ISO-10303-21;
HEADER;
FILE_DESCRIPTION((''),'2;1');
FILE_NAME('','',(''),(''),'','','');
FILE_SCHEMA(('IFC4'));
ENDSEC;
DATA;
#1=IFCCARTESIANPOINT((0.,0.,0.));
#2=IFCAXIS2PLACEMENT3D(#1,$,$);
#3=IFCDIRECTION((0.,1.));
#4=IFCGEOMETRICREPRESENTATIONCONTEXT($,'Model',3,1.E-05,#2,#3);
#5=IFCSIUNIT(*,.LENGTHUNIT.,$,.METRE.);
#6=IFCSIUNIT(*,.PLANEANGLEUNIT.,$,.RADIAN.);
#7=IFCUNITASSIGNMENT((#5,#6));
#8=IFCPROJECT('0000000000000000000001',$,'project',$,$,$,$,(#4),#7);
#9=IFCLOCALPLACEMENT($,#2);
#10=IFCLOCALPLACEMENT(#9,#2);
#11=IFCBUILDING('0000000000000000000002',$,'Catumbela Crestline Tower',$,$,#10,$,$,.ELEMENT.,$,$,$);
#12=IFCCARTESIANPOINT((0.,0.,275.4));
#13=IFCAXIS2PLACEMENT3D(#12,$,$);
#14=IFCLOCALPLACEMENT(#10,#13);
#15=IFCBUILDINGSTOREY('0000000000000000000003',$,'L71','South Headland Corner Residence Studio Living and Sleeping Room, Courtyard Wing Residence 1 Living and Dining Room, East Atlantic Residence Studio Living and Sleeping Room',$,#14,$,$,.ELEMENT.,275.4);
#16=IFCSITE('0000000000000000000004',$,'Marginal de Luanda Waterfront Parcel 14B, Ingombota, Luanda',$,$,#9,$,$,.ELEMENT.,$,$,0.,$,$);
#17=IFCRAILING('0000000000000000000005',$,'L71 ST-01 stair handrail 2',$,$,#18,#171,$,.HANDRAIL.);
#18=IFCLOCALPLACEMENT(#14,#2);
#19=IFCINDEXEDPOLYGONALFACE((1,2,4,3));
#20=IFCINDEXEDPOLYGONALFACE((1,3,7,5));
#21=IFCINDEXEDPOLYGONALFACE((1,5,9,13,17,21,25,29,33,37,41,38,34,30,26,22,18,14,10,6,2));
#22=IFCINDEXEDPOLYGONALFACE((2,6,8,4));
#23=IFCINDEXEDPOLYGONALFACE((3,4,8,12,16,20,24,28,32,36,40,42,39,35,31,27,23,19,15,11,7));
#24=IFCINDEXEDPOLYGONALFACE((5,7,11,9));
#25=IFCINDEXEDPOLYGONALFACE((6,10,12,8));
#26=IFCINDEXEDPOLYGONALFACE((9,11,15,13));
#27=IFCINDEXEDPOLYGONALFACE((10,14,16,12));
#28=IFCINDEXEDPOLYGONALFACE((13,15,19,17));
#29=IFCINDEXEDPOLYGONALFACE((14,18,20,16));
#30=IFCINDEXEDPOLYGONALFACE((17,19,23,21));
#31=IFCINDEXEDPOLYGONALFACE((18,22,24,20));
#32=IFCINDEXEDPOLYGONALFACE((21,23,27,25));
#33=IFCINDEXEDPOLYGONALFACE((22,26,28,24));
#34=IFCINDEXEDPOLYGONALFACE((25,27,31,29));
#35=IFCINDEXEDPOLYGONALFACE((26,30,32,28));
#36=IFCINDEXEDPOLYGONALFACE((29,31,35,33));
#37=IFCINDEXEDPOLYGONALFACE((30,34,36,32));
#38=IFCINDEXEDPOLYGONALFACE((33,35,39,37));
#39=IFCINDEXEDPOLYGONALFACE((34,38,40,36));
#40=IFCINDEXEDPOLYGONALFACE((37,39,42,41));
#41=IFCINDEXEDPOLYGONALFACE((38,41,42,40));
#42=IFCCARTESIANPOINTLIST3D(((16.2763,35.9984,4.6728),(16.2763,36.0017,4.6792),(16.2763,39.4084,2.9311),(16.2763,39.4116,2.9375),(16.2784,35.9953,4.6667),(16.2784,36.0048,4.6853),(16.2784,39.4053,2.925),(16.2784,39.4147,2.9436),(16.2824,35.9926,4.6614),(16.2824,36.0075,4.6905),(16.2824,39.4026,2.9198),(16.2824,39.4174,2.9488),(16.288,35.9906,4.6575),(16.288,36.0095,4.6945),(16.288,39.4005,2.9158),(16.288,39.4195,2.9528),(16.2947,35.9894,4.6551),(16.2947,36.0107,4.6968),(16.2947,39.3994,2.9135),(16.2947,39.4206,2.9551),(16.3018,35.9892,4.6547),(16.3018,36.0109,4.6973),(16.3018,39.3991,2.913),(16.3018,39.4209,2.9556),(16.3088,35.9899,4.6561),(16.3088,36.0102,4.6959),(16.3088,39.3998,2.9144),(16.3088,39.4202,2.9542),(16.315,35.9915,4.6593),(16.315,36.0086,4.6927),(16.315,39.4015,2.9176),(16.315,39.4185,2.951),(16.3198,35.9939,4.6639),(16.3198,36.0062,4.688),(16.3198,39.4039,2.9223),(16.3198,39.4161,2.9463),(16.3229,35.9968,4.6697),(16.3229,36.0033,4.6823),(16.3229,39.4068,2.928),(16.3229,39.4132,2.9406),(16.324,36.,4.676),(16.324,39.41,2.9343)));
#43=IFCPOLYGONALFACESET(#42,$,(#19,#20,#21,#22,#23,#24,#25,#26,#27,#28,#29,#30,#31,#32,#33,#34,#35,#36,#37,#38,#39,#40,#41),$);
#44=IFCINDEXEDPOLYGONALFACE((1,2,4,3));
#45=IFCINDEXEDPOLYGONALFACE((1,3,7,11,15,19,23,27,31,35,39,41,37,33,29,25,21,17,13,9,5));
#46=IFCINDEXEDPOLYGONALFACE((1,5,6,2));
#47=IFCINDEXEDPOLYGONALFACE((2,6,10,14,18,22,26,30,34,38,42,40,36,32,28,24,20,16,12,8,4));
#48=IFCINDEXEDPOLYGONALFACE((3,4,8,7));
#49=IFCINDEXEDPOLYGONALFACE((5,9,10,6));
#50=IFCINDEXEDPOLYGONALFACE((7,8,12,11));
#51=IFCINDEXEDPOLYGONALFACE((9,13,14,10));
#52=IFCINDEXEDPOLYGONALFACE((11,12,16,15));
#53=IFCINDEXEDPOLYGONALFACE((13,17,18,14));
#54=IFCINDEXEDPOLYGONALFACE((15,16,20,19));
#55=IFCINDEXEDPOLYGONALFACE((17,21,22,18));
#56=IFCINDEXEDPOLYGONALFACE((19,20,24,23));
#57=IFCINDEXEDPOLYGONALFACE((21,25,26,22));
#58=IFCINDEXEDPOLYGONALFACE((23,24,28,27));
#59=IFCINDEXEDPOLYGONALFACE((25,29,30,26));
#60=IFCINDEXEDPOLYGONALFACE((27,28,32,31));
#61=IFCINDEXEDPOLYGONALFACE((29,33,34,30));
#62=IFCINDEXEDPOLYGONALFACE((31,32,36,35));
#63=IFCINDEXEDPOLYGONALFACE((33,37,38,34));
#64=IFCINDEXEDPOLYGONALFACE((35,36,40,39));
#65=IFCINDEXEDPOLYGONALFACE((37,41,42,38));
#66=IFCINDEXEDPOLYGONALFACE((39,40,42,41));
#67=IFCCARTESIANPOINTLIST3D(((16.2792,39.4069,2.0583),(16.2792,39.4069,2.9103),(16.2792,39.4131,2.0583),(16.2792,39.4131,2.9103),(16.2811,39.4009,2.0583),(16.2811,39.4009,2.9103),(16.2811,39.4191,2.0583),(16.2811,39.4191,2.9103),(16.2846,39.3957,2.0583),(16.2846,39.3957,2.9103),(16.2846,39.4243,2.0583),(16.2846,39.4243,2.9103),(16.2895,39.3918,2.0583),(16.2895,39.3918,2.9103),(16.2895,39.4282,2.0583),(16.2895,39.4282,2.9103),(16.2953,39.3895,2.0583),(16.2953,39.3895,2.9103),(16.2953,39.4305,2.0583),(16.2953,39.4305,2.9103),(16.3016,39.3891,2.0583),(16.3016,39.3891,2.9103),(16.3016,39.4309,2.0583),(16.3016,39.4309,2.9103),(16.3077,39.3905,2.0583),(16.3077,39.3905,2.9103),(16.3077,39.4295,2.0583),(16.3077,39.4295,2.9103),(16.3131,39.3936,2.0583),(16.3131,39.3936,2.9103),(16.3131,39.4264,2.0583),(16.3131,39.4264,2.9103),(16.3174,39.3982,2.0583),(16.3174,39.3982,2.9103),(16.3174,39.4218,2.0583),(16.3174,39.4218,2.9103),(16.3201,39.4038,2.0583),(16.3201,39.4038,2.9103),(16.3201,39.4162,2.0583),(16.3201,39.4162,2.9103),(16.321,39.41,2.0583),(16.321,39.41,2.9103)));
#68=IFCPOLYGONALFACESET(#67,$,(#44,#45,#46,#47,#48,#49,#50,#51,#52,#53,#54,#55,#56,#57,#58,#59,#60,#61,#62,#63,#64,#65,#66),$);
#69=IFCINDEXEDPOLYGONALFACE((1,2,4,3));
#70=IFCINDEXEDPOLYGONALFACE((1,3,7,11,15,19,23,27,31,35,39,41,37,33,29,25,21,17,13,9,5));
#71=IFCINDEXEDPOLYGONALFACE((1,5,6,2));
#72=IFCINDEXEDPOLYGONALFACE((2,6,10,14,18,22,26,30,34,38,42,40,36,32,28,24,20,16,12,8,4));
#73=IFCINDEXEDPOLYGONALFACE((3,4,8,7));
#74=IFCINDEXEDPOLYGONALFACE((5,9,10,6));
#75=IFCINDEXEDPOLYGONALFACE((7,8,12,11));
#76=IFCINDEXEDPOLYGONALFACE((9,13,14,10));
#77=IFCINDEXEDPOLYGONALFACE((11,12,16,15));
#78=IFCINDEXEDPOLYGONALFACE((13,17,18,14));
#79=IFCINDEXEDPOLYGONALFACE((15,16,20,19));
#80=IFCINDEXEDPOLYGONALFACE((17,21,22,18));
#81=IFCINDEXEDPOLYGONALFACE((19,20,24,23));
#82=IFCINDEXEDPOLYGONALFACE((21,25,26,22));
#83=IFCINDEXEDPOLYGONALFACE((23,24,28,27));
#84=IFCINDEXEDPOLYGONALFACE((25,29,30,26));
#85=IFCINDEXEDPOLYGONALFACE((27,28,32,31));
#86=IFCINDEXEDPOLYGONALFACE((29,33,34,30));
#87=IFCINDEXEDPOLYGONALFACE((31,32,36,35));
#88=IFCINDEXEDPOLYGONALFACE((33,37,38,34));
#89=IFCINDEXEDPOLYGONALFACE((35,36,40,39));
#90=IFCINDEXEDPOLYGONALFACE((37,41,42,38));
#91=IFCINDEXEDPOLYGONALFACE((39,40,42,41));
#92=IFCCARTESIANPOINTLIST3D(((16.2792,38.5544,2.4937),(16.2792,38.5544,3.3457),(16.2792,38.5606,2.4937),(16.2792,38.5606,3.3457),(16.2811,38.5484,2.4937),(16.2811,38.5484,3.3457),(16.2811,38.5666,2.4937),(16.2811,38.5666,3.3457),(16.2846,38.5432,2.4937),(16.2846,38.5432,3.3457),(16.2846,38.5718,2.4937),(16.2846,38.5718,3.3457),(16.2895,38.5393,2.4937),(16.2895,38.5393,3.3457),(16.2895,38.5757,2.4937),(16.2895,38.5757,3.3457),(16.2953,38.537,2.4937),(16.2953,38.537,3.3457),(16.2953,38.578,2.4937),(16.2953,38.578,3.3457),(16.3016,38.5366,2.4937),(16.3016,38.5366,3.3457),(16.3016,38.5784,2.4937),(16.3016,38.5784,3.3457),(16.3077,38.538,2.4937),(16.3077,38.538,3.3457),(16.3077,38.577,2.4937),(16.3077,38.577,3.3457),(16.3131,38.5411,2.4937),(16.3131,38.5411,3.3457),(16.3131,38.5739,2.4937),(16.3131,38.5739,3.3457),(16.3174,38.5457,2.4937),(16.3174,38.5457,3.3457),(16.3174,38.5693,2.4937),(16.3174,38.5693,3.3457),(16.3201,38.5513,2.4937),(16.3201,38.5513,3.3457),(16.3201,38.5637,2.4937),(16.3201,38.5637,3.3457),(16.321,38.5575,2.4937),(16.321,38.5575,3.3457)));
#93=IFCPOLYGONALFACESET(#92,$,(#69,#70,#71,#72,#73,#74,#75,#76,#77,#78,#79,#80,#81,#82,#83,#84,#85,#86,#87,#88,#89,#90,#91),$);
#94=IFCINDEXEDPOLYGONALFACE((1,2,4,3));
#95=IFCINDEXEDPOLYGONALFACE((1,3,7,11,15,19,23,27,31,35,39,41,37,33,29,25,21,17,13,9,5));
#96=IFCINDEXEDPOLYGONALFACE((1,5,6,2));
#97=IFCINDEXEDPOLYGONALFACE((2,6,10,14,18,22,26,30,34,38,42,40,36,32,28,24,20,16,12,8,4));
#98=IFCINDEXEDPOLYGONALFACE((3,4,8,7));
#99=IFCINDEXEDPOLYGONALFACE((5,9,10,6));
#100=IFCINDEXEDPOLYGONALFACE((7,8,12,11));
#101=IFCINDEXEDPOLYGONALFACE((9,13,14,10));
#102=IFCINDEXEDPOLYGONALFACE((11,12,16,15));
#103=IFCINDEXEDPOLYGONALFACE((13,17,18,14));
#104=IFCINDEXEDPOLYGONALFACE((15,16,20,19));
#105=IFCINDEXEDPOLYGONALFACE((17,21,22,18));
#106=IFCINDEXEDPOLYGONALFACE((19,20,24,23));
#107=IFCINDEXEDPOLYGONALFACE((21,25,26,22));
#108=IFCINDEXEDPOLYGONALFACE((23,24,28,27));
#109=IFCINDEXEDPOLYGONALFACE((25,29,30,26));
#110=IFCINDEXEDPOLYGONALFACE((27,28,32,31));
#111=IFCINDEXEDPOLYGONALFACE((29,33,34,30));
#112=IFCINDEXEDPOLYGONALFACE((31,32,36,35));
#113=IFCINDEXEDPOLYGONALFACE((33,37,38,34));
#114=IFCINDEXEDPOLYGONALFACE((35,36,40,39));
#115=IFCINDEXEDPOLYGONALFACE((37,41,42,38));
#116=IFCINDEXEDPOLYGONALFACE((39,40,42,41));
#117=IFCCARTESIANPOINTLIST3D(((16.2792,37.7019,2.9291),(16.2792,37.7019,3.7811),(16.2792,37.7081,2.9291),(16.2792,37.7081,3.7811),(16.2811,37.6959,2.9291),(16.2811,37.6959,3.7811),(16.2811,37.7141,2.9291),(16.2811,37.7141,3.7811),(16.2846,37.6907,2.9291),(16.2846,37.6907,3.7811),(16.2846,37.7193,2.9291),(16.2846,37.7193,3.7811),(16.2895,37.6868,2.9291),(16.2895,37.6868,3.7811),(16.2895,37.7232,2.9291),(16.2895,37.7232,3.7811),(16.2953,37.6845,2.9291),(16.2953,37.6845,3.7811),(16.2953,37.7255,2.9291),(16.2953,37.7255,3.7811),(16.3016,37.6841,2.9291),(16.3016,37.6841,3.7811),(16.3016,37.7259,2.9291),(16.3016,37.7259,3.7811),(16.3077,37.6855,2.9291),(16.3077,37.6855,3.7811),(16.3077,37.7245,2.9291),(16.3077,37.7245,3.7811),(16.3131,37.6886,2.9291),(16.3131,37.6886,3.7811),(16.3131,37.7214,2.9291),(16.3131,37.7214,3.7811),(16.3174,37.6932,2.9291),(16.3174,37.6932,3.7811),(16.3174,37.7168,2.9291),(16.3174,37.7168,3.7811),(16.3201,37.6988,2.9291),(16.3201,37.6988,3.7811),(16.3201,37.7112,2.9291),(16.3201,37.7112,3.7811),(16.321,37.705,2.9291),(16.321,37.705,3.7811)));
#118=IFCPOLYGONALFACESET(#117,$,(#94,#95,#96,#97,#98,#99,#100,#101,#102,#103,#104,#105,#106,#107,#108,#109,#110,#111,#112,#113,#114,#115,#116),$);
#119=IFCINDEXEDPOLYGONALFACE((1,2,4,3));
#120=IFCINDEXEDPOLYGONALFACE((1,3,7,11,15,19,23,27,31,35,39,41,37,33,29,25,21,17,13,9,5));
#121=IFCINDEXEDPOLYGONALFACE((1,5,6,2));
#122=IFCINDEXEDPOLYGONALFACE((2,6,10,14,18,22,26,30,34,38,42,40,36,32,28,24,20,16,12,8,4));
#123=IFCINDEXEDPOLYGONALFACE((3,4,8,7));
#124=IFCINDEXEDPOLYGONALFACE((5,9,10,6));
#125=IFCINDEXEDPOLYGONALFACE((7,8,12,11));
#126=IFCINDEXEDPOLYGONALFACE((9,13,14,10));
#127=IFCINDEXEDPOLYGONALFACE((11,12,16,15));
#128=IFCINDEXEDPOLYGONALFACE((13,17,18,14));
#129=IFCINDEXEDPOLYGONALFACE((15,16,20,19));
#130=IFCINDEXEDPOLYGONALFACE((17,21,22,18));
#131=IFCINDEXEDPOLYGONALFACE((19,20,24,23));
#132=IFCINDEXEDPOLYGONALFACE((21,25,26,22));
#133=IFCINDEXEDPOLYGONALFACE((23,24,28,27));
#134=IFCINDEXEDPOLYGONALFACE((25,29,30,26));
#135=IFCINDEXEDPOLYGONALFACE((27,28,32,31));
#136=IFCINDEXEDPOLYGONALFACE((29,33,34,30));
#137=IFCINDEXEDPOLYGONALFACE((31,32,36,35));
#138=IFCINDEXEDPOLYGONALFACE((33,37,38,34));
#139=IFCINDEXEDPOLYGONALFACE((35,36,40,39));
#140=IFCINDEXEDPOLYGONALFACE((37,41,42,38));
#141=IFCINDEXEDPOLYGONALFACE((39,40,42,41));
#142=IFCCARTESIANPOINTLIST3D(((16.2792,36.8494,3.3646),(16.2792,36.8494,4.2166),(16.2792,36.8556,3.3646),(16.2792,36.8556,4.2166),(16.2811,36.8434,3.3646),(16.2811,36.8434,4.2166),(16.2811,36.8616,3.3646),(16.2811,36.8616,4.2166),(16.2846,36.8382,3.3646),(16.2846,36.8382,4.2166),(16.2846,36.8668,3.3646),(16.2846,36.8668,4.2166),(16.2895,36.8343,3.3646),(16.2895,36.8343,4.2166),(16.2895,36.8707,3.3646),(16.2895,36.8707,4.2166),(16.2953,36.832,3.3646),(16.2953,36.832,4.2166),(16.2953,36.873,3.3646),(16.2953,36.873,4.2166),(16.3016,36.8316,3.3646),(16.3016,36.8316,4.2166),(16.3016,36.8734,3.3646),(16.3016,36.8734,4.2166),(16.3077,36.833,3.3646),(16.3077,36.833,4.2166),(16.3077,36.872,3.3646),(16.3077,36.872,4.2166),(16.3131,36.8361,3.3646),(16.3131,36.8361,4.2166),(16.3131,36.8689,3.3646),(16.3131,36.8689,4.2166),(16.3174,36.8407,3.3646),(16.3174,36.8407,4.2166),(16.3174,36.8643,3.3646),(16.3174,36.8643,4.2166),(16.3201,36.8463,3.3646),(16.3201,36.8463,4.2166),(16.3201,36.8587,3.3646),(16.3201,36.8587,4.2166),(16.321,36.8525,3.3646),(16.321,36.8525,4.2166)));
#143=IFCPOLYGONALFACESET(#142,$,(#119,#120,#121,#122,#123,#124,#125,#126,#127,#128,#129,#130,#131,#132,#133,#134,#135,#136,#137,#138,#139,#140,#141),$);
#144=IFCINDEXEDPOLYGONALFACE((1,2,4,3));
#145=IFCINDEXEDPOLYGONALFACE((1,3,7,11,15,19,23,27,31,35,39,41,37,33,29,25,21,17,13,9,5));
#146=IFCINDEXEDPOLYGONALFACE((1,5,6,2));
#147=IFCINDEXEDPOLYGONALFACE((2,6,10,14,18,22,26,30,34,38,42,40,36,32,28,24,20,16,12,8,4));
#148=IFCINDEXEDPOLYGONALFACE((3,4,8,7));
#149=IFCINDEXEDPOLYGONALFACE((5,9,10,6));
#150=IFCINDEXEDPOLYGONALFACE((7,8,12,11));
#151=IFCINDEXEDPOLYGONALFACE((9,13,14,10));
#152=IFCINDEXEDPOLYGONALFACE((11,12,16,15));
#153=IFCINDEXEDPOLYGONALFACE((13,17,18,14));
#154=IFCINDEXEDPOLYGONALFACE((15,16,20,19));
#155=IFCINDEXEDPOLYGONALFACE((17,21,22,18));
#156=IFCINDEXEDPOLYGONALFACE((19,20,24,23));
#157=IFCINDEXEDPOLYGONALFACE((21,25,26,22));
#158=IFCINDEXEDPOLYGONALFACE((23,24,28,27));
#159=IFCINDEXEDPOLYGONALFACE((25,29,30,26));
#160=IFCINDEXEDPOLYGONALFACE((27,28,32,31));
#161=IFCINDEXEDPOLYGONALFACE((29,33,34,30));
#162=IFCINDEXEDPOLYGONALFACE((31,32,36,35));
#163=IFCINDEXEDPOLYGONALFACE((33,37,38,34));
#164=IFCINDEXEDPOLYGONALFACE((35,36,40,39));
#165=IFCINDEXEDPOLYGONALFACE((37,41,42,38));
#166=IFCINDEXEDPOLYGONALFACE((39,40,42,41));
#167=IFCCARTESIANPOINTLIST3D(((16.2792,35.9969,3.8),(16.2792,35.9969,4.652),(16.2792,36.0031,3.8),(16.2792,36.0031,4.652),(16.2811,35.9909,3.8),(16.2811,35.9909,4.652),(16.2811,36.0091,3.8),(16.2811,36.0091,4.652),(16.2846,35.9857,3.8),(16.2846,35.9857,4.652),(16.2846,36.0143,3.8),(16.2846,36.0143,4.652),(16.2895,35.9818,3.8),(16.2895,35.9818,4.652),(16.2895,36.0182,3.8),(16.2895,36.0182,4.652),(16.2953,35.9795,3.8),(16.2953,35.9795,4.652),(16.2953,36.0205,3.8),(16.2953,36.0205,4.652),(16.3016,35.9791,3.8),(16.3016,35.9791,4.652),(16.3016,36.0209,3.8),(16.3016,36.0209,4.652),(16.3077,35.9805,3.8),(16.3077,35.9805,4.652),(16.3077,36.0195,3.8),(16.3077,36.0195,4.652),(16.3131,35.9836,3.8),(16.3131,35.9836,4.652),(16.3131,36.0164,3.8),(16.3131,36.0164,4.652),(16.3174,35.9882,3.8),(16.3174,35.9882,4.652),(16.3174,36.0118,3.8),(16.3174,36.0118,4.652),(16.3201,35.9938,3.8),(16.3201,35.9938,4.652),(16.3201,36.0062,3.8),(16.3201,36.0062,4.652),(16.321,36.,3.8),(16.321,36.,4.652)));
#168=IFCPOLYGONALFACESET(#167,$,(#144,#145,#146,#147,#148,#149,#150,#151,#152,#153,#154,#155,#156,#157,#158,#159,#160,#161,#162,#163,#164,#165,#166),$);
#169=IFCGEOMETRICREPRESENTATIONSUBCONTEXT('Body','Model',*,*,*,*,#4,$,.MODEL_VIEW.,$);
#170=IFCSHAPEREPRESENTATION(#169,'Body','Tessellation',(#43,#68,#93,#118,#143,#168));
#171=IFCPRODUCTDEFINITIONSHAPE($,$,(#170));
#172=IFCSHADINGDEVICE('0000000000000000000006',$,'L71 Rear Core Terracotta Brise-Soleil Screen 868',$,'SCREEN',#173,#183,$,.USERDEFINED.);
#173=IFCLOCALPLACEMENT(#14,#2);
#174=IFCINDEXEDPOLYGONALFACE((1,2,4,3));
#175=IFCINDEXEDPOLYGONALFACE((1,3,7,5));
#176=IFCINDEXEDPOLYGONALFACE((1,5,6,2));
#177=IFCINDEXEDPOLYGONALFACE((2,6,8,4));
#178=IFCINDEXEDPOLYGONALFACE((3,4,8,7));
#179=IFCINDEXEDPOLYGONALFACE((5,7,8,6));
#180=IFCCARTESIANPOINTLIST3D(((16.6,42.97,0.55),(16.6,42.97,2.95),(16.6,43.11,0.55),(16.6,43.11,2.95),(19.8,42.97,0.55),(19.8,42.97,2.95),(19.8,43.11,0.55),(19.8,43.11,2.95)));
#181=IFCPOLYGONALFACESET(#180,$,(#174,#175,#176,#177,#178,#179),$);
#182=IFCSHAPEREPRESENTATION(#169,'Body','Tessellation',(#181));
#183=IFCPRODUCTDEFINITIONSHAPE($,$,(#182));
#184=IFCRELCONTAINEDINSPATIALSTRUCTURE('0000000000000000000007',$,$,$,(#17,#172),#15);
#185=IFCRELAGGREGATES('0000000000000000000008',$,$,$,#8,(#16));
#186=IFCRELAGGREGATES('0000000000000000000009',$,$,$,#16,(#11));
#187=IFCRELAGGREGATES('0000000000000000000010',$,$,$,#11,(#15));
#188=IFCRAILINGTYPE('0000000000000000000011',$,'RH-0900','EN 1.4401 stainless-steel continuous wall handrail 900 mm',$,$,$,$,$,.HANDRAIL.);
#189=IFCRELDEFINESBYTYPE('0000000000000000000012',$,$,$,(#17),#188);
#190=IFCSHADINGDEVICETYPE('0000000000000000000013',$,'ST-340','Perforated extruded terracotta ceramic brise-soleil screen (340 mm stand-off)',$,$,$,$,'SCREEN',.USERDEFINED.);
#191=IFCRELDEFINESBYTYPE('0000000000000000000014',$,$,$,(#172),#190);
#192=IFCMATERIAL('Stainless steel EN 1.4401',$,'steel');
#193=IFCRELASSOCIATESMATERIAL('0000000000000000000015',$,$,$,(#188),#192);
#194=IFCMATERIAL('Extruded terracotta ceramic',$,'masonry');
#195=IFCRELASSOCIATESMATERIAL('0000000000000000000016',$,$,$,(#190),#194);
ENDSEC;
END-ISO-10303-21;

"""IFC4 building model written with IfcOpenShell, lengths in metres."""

from ifc_helpers import new_model, si_unit, direction, frame, origin, origin_2d, place, context, subcontext, project, spatial, rectangle, circle, extrude, material, type_object, element, save


model = new_model("IFC4")

# Units and contexts
model_context = context("Model", 3, precision=1e-05, world=origin(), true_north=direction((0.0, 1.0)))
body_context = subcontext(model_context, "Body", "Model", "MODEL_VIEW")
ifc_project = project(units=[si_unit("LENGTHUNIT", "METRE"), si_unit("PLANEANGLEUNIT", "RADIAN")], contexts=[model_context])

# Site, building, storey
site_placement = place(None, origin())
site = spatial("IfcSite", under=ifc_project, at=site_placement, Name="Marginal de Luanda Waterfront Parcel 14B, Ingombota, Luanda", CompositionType="ELEMENT", RefElevation=0.0)
building_placement = place(site_placement, origin())
building = spatial("IfcBuilding", under=site, at=building_placement, Name="Catumbela Crestline Tower", CompositionType="ELEMENT")
storey_placement = place(building_placement, frame((0.0, 0.0, 275.4)))
storey = spatial("IfcBuildingStorey", under=building, at=storey_placement, Name="L71", Description="South Headland Corner Residence Studio Living and Sleeping Room, Courtyard Wing Residence 1 Living and Dining Room, East Atlantic Residence Studio Living and Sleeping Room", CompositionType="ELEMENT", Elevation=275.4)

# Shared definitions
ifc_material_1 = material(Name="Stainless steel EN 1.4401", Category="steel")

# Railing
railing_type_1 = type_object("IfcRailingType", Name="RH-0900", Description="EN 1.4401 stainless-steel continuous wall handrail 900 mm", PredefinedType="HANDRAIL", material=ifc_material_1)
railing_1_placement = place(storey_placement, frame((16.3, 39.41, 2.0583)))
element("IfcRailing", 1, at=railing_1_placement, inside=storey, type_object=railing_type_1, Name="L71 ST-01 stair handrail 2", PredefinedType="HANDRAIL", context=body_context, shape_type="SweptSolid", body=[
    extrude(circle(Radius=0.024, at=origin_2d()), frame((0.0, 0.0, 0.876), z_axis=(0.0, -0.89056, 0.454865), x_axis=(1.0, 0.0, 0.0)), (0.0, 0.0, 1.0), 3.829),
    extrude(circle(Radius=0.021, at=origin_2d()), origin(), (0.0, 0.0, 1.0), 0.852),
    extrude(circle(Radius=0.021, at=origin_2d()), frame((0.0, -0.8525, 0.4354)), (0.0, 0.0, 1.0), 0.852),
    extrude(circle(Radius=0.021, at=origin_2d()), frame((0.0, -1.705, 0.8708)), (0.0, 0.0, 1.0), 0.852),
    extrude(circle(Radius=0.021, at=origin_2d()), frame((0.0, -2.5575, 1.3063)), (0.0, 0.0, 1.0), 0.852),
    extrude(circle(Radius=0.021, at=origin_2d()), frame((0.0, -3.41, 1.7417)), (0.0, 0.0, 1.0), 0.852),
])

# Shading device
ifc_material_2 = material(Name="Extruded terracotta ceramic", Category="masonry")
shading_device_type = type_object("IfcShadingDeviceType", Name="ST-340", Description="Perforated extruded terracotta ceramic brise-soleil screen (340 mm stand-off)", ElementType="SCREEN", PredefinedType="USERDEFINED", material=ifc_material_2)
shading_device_placement = place(storey_placement, frame((18.2, 43.04, 0.55), z_axis=(0.0, 0.0, 1.0), x_axis=(1.0, 0.0, 0.0)))
element("IfcShadingDevice", 2, at=shading_device_placement, inside=storey, type_object=shading_device_type, Name="L71 Rear Core Terracotta Brise-Soleil Screen 868", ObjectType="SCREEN", PredefinedType="USERDEFINED", context=body_context, shape_type="SweptSolid", body=[
    extrude(rectangle(XDim=3.2, YDim=0.14, at=origin_2d()), origin(), (0.0, 0.0, 1.0), 2.4),
])

save(model, "model.ifc")
